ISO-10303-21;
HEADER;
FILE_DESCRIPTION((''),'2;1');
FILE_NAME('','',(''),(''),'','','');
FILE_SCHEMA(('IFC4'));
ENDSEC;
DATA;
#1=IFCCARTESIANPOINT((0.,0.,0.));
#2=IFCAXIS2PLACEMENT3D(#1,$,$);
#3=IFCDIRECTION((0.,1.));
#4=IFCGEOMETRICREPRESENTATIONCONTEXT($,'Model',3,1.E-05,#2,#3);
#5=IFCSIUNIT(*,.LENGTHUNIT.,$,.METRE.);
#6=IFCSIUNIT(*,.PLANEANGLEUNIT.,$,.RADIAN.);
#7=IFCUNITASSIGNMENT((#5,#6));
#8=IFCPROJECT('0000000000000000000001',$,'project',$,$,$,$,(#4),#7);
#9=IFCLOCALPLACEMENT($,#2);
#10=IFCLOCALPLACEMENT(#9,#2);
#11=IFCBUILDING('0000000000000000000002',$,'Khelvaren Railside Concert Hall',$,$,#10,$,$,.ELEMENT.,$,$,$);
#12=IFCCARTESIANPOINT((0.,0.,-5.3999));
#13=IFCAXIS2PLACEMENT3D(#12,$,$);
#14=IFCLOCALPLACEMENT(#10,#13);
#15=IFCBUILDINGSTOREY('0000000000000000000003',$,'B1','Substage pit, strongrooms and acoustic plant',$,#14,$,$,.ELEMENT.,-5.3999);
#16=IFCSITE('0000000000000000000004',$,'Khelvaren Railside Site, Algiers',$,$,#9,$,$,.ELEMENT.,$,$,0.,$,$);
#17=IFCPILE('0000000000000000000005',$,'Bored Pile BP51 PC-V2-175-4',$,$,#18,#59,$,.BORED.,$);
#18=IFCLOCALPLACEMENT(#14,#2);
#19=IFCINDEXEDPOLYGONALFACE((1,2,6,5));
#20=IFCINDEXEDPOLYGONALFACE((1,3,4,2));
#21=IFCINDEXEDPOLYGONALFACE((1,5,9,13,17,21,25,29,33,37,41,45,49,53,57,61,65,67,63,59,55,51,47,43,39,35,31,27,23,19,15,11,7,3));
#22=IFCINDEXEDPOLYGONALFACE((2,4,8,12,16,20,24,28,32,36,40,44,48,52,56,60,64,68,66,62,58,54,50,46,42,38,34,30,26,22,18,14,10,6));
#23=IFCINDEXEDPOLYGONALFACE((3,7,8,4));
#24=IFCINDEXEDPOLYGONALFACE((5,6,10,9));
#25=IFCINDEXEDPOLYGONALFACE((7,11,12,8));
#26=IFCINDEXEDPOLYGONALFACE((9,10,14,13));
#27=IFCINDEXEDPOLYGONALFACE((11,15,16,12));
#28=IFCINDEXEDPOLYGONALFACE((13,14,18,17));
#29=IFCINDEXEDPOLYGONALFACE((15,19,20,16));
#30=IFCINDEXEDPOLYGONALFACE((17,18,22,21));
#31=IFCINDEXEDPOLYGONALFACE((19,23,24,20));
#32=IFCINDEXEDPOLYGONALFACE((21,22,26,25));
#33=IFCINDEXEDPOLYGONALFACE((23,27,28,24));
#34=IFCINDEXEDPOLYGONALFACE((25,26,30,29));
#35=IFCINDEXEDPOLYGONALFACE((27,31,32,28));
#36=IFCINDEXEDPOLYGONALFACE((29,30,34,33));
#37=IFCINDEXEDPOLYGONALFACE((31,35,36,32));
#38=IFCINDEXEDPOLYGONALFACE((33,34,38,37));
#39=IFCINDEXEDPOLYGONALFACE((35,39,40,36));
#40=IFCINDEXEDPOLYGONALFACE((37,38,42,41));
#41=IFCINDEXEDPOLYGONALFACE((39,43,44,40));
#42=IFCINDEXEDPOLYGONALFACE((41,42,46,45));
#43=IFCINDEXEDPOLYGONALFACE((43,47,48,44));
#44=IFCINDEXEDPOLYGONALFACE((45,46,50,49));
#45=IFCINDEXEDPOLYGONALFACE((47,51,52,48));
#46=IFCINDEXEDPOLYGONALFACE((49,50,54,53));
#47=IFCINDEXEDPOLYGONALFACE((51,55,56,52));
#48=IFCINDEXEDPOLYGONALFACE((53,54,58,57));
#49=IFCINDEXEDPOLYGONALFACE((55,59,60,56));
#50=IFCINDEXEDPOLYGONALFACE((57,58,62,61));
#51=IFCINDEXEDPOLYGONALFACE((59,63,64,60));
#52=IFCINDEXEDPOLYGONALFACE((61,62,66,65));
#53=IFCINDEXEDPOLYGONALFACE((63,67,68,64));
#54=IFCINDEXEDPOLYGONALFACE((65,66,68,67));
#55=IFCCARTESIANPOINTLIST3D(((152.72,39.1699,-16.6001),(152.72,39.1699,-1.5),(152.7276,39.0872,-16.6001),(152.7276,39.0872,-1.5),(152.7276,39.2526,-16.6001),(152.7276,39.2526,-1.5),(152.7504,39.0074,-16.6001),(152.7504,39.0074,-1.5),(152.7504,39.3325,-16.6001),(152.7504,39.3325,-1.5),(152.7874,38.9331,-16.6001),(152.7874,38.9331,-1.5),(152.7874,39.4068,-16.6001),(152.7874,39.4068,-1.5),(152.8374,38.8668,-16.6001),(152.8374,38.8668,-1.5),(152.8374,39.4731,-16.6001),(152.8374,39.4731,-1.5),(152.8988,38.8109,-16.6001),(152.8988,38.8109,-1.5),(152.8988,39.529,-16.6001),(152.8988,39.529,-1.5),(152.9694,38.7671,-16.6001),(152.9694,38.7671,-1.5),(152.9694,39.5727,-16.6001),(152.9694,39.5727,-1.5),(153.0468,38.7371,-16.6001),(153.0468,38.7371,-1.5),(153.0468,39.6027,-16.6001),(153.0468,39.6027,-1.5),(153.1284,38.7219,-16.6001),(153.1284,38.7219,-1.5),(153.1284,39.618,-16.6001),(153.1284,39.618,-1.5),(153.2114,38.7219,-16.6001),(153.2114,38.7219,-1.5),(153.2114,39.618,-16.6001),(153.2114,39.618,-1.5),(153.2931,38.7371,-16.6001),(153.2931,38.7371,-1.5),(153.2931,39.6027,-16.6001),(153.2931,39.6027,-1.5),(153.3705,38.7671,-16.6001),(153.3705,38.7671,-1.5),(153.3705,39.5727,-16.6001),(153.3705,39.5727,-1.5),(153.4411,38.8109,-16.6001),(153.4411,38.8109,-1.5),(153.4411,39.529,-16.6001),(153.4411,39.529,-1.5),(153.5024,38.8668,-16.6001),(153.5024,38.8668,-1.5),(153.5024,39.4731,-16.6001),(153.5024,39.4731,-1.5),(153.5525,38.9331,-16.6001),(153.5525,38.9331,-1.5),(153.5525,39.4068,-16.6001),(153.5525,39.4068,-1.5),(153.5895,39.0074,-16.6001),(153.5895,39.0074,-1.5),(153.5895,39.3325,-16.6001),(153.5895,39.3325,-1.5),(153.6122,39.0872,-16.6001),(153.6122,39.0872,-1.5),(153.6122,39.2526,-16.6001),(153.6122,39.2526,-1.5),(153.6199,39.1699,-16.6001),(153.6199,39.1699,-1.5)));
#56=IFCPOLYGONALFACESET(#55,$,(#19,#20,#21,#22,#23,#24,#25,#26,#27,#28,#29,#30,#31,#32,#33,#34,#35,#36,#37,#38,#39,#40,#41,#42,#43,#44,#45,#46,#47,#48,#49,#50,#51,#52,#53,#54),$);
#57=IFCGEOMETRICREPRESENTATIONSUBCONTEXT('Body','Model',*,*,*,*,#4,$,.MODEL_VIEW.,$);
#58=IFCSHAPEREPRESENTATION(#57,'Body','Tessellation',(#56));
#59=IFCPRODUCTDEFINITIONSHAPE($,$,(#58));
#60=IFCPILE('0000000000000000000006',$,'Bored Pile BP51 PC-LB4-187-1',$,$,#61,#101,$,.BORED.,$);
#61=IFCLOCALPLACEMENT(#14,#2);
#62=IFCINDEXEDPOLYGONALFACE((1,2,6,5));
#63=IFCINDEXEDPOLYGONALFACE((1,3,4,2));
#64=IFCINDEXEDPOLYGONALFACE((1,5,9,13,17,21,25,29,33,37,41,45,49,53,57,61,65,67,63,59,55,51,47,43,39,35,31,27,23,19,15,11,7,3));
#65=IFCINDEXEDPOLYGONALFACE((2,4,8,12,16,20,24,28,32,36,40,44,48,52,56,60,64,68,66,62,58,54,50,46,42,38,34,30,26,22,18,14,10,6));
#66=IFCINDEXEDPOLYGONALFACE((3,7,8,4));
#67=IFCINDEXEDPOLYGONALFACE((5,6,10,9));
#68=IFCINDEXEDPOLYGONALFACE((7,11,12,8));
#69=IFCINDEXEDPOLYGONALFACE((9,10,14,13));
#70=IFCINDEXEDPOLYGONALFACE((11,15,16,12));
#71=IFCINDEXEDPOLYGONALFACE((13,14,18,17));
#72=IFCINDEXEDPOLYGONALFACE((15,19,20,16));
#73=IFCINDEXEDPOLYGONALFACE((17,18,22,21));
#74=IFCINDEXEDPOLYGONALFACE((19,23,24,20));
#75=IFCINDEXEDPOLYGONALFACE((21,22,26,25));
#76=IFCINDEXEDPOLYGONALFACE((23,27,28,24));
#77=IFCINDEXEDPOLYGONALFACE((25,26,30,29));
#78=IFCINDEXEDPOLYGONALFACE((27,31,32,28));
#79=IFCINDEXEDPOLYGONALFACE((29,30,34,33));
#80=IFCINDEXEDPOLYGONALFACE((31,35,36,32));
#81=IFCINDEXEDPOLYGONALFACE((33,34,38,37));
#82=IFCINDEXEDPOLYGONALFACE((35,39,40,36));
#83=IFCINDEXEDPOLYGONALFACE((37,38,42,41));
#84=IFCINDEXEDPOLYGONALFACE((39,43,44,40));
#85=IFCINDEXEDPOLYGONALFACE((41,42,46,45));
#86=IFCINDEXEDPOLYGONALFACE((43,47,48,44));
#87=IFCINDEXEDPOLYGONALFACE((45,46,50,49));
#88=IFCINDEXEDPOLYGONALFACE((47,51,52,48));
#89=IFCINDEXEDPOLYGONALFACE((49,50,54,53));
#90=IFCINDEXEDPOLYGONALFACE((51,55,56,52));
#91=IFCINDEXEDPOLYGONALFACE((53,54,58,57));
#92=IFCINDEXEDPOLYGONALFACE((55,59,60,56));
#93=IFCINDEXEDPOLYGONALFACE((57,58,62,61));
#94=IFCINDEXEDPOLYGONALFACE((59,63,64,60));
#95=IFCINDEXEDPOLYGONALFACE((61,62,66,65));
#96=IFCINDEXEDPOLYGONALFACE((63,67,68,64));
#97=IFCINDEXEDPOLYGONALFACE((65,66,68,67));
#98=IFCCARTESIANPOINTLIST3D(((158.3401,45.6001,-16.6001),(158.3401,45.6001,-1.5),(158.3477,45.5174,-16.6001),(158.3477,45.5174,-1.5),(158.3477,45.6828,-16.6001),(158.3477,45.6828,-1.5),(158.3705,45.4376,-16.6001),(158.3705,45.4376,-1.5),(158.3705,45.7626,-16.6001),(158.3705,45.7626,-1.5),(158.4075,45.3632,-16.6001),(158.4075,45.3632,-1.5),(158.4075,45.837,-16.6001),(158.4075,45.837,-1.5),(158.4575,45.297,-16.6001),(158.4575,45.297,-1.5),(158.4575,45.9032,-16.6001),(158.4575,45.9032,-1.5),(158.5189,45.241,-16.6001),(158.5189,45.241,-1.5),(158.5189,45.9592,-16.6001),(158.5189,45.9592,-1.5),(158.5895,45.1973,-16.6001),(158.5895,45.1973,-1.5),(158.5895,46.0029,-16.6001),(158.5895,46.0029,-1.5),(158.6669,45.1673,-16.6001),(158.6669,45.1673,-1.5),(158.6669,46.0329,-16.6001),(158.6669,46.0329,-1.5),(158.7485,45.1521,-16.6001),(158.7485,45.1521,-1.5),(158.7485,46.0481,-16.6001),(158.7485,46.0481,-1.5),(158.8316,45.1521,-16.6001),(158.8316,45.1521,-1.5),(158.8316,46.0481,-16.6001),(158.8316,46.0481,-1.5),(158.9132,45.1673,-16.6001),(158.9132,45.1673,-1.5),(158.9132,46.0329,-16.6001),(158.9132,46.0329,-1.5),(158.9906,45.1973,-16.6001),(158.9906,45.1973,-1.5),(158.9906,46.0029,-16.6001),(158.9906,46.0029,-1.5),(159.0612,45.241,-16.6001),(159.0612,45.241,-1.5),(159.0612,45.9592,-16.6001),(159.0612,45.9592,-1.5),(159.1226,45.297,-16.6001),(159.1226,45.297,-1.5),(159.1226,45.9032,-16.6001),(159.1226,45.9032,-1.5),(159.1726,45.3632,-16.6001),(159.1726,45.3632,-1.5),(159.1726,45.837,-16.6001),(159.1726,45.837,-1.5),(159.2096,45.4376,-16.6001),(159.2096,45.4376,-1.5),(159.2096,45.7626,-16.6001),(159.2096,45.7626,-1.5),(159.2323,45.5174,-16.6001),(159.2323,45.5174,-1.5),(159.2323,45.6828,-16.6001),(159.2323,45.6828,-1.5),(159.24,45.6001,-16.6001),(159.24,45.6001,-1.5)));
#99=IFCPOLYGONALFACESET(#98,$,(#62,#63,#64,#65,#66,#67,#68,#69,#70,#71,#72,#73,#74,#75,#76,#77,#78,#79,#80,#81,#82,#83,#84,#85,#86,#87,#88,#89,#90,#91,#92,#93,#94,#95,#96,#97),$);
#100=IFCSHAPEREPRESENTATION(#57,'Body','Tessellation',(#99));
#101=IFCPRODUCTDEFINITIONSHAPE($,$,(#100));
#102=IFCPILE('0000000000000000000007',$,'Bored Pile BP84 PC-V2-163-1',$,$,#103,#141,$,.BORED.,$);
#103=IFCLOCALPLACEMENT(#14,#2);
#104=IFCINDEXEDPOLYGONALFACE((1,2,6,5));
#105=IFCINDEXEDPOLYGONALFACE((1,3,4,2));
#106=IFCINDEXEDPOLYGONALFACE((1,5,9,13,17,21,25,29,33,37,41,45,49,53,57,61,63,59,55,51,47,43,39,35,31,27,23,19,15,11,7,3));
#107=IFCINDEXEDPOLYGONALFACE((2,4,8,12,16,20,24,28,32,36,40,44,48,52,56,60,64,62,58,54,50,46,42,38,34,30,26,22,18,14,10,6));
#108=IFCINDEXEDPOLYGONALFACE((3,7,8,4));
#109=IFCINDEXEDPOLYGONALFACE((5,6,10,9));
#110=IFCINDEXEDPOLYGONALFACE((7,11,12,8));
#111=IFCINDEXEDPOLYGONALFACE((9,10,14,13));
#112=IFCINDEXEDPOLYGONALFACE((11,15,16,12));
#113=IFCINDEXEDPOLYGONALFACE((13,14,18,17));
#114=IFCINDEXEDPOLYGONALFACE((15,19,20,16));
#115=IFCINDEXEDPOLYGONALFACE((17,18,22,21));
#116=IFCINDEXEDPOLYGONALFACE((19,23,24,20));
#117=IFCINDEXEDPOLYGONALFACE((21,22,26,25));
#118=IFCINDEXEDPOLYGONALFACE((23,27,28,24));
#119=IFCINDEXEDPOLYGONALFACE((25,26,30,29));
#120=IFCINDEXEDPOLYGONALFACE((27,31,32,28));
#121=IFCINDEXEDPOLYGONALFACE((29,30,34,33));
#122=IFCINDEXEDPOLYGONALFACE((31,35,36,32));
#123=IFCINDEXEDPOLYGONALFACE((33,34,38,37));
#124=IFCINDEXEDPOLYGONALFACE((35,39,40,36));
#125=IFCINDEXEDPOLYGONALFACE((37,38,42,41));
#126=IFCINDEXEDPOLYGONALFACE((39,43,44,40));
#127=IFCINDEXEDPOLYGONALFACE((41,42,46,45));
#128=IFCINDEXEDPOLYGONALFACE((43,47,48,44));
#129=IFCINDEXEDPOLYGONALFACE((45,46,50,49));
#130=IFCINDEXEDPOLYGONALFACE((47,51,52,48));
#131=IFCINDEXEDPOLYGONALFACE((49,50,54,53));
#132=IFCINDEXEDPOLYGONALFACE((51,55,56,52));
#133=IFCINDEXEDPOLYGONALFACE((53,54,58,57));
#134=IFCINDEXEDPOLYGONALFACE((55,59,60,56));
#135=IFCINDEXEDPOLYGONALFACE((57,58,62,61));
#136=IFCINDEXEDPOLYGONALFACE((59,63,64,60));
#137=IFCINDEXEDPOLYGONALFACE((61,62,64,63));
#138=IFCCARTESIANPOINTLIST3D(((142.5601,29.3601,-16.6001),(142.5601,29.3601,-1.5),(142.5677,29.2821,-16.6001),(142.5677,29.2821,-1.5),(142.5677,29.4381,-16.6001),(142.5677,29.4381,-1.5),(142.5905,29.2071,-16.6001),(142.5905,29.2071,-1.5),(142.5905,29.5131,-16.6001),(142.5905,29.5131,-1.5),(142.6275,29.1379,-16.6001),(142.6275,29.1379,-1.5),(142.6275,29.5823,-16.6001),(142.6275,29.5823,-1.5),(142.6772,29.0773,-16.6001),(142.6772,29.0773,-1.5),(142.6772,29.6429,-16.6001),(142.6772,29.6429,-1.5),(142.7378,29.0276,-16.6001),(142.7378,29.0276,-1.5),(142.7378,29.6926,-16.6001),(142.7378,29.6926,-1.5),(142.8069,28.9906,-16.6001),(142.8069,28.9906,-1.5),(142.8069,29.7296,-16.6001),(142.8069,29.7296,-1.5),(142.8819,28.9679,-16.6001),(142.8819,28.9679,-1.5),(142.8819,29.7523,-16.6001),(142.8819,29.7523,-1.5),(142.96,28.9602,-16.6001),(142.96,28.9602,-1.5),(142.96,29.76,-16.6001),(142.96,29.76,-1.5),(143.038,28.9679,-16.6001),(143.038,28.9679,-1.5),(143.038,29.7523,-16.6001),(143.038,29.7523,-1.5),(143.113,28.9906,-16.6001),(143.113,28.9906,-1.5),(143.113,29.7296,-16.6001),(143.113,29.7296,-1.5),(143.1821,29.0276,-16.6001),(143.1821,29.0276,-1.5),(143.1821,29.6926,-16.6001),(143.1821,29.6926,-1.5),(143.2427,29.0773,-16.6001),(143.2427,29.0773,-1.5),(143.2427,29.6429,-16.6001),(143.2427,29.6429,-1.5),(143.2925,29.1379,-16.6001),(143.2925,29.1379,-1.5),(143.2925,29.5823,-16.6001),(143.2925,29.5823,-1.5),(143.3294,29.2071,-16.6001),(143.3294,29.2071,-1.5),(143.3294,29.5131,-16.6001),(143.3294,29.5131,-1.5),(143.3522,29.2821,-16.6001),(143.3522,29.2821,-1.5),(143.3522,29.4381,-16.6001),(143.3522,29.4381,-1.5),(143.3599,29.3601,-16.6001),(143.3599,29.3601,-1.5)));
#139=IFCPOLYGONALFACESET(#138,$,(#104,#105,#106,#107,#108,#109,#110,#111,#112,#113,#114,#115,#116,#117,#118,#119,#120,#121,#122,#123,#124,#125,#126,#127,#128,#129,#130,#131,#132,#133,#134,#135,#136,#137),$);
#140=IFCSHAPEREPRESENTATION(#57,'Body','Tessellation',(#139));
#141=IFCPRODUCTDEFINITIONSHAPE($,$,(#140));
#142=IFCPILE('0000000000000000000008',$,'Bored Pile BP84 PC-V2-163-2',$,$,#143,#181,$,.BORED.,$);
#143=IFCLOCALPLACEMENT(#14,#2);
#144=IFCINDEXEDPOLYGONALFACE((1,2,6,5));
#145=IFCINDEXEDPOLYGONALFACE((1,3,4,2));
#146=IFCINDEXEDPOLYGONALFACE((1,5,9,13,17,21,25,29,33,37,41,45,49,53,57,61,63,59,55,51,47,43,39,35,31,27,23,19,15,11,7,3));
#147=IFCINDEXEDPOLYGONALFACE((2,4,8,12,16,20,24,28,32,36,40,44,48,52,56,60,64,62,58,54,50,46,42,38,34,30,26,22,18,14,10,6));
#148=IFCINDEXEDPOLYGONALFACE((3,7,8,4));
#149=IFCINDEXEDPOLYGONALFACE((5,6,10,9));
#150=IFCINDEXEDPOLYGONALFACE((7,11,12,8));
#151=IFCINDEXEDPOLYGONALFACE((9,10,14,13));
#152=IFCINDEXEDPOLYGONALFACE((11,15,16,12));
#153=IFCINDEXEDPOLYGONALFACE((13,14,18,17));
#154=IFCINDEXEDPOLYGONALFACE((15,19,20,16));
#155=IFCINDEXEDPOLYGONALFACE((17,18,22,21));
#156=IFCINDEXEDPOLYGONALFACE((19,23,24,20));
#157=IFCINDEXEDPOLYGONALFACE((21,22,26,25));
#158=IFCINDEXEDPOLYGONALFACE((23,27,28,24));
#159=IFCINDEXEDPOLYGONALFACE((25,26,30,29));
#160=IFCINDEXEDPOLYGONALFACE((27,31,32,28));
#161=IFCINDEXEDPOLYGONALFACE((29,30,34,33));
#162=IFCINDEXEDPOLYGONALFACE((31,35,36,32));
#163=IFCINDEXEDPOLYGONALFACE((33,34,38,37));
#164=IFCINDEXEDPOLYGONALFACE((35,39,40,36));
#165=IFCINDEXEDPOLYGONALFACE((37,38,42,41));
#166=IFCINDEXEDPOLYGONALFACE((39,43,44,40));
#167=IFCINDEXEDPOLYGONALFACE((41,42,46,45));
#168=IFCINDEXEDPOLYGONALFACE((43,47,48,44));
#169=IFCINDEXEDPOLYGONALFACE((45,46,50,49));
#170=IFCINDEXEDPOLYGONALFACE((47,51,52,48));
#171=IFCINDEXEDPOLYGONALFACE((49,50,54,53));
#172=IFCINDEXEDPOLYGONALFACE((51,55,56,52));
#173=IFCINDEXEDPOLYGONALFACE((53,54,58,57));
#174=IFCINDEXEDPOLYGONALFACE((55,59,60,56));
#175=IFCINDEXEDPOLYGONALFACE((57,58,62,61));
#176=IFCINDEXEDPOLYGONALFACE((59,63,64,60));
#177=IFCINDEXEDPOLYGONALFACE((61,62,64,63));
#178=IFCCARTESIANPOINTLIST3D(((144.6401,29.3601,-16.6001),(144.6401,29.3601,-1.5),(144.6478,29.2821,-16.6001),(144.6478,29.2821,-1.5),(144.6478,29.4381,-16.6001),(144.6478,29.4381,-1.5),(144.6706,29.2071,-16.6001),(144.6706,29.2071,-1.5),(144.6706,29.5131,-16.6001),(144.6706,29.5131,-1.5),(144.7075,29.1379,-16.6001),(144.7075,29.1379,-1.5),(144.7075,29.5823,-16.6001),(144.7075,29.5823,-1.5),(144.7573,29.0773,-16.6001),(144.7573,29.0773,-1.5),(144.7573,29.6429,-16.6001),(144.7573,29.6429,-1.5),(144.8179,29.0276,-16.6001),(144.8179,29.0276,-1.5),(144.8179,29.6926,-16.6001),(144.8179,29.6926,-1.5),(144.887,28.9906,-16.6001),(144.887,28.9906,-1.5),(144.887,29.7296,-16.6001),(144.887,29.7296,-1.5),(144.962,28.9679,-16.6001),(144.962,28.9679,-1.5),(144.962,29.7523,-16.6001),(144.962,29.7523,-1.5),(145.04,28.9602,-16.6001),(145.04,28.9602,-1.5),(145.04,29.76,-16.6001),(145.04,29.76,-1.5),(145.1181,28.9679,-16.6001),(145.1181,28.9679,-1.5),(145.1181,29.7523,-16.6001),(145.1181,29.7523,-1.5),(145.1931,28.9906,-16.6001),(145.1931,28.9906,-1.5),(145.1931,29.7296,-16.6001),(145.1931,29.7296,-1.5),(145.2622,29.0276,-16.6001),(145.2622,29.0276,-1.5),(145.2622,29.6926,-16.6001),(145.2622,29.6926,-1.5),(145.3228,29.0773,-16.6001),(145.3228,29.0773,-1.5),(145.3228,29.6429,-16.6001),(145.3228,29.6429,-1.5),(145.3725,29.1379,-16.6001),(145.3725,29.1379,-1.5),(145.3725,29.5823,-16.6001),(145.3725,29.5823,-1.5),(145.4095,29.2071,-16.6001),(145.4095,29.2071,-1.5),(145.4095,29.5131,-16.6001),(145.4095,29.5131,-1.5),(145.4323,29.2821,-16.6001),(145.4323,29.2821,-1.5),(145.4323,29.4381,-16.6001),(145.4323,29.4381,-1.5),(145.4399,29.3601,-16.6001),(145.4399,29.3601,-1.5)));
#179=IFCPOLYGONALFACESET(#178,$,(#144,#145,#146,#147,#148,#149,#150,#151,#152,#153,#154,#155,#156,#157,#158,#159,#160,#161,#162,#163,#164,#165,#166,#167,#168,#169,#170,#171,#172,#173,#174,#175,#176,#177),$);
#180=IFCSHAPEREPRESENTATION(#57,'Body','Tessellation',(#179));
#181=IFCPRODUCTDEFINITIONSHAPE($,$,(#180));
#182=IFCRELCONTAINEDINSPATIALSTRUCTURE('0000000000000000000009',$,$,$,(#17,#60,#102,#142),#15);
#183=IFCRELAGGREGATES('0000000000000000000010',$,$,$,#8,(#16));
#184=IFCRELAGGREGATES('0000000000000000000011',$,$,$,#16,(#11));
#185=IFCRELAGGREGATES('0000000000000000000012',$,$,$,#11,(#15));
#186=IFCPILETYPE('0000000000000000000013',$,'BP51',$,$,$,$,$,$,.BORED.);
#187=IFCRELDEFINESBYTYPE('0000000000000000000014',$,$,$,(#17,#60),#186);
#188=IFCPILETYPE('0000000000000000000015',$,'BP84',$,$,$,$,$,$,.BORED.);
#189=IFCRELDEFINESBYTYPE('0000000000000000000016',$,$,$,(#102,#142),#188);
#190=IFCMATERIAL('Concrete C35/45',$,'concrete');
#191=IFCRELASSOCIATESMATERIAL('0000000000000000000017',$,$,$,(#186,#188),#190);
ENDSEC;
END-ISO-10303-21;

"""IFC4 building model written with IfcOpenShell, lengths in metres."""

from ifc_helpers import new_model, si_unit, direction, frame, origin, origin_2d, place, context, subcontext, project, spatial, circle, extrude, material, material_profile, profile_set, type_object, element, save


model = new_model("IFC4")

# Units and contexts
model_context = context("Model", 3, precision=1e-05, world=origin(), true_north=direction((0.0, 1.0)))
body_context = subcontext(model_context, "Body", "Model", "MODEL_VIEW")
ifc_project = project(units=[si_unit("LENGTHUNIT", "METRE"), si_unit("PLANEANGLEUNIT", "RADIAN")], contexts=[model_context])

# Site, building, storey
site_placement = place(None, origin())
site = spatial("IfcSite", under=ifc_project, at=site_placement, Name="Khelvaren Railside Site, Algiers", CompositionType="ELEMENT", RefElevation=0.0)
building_placement = place(site_placement, origin())
building = spatial("IfcBuilding", under=site, at=building_placement, Name="Khelvaren Railside Concert Hall", CompositionType="ELEMENT")
storey_placement = place(building_placement, frame((0.0, 0.0, -5.3999)))
storey = spatial("IfcBuildingStorey", under=building, at=storey_placement, Name="B1", Description="Substage pit, strongrooms and acoustic plant", CompositionType="ELEMENT", Elevation=-5.3999)

# Piles
ifc_material_1 = material(Name="Concrete C35/45", Category="concrete")
ifc_material_profile_1 = material_profile(ifc_material_1, circle(Radius=0.45, at=origin_2d()), Name="BP D900")
ifc_profile_set_1 = profile_set([ifc_material_profile_1], Name="Concrete C35/45")
pile_type_1 = type_object("IfcPileType", Name="BP51", PredefinedType="BORED", material=ifc_profile_set_1)
for number, where, z_axis, x_axis, name in (
    (1, (153.1699, 39.1699, -1.5), (0.0, 0.0, -1.0), (1.0, 0.0, 0.0), "Bored Pile BP51 PC-V2-175-4"),
    (2, (158.79, 45.6001, -1.5), (0.0, 0.0, -1.0), (1.0, 0.0, 0.0), "Bored Pile BP51 PC-LB4-187-1"),
):
    element("IfcPile", number, at=place(storey_placement, frame(where, z_axis=z_axis, x_axis=x_axis)), inside=storey, type_object=pile_type_1, Name=name, PredefinedType="BORED", context=body_context, shape_type="SweptSolid", body=[
        extrude(circle(Radius=0.45, at=origin_2d()), origin(), (0.0, 0.0, 1.0), 15.1001),
    ])
ifc_material_profile_2 = material_profile(ifc_material_1, circle(Radius=0.3999, at=origin_2d()), Name="BP D800")
ifc_profile_set_2 = profile_set([ifc_material_profile_2], Name="Concrete C35/45")
pile_type_2 = type_object("IfcPileType", Name="BP84", PredefinedType="BORED", material=ifc_profile_set_2)
for number, where, z_axis, x_axis, name in (
    (3, (142.96, 29.3601, -1.5), (0.0, 0.0, -1.0), (1.0, 0.0, 0.0), "Bored Pile BP84 PC-V2-163-1"),
    (4, (145.04, 29.3601, -1.5), (0.0, 0.0, -1.0), (1.0, 0.0, 0.0), "Bored Pile BP84 PC-V2-163-2"),
):
    element("IfcPile", number, at=place(storey_placement, frame(where, z_axis=z_axis, x_axis=x_axis)), inside=storey, type_object=pile_type_2, Name=name, PredefinedType="BORED", context=body_context, shape_type="SweptSolid", body=[
        extrude(circle(Radius=0.3999, at=origin_2d()), origin(), (0.0, 0.0, 1.0), 15.1001),
    ])

save(model, "model.ifc")
